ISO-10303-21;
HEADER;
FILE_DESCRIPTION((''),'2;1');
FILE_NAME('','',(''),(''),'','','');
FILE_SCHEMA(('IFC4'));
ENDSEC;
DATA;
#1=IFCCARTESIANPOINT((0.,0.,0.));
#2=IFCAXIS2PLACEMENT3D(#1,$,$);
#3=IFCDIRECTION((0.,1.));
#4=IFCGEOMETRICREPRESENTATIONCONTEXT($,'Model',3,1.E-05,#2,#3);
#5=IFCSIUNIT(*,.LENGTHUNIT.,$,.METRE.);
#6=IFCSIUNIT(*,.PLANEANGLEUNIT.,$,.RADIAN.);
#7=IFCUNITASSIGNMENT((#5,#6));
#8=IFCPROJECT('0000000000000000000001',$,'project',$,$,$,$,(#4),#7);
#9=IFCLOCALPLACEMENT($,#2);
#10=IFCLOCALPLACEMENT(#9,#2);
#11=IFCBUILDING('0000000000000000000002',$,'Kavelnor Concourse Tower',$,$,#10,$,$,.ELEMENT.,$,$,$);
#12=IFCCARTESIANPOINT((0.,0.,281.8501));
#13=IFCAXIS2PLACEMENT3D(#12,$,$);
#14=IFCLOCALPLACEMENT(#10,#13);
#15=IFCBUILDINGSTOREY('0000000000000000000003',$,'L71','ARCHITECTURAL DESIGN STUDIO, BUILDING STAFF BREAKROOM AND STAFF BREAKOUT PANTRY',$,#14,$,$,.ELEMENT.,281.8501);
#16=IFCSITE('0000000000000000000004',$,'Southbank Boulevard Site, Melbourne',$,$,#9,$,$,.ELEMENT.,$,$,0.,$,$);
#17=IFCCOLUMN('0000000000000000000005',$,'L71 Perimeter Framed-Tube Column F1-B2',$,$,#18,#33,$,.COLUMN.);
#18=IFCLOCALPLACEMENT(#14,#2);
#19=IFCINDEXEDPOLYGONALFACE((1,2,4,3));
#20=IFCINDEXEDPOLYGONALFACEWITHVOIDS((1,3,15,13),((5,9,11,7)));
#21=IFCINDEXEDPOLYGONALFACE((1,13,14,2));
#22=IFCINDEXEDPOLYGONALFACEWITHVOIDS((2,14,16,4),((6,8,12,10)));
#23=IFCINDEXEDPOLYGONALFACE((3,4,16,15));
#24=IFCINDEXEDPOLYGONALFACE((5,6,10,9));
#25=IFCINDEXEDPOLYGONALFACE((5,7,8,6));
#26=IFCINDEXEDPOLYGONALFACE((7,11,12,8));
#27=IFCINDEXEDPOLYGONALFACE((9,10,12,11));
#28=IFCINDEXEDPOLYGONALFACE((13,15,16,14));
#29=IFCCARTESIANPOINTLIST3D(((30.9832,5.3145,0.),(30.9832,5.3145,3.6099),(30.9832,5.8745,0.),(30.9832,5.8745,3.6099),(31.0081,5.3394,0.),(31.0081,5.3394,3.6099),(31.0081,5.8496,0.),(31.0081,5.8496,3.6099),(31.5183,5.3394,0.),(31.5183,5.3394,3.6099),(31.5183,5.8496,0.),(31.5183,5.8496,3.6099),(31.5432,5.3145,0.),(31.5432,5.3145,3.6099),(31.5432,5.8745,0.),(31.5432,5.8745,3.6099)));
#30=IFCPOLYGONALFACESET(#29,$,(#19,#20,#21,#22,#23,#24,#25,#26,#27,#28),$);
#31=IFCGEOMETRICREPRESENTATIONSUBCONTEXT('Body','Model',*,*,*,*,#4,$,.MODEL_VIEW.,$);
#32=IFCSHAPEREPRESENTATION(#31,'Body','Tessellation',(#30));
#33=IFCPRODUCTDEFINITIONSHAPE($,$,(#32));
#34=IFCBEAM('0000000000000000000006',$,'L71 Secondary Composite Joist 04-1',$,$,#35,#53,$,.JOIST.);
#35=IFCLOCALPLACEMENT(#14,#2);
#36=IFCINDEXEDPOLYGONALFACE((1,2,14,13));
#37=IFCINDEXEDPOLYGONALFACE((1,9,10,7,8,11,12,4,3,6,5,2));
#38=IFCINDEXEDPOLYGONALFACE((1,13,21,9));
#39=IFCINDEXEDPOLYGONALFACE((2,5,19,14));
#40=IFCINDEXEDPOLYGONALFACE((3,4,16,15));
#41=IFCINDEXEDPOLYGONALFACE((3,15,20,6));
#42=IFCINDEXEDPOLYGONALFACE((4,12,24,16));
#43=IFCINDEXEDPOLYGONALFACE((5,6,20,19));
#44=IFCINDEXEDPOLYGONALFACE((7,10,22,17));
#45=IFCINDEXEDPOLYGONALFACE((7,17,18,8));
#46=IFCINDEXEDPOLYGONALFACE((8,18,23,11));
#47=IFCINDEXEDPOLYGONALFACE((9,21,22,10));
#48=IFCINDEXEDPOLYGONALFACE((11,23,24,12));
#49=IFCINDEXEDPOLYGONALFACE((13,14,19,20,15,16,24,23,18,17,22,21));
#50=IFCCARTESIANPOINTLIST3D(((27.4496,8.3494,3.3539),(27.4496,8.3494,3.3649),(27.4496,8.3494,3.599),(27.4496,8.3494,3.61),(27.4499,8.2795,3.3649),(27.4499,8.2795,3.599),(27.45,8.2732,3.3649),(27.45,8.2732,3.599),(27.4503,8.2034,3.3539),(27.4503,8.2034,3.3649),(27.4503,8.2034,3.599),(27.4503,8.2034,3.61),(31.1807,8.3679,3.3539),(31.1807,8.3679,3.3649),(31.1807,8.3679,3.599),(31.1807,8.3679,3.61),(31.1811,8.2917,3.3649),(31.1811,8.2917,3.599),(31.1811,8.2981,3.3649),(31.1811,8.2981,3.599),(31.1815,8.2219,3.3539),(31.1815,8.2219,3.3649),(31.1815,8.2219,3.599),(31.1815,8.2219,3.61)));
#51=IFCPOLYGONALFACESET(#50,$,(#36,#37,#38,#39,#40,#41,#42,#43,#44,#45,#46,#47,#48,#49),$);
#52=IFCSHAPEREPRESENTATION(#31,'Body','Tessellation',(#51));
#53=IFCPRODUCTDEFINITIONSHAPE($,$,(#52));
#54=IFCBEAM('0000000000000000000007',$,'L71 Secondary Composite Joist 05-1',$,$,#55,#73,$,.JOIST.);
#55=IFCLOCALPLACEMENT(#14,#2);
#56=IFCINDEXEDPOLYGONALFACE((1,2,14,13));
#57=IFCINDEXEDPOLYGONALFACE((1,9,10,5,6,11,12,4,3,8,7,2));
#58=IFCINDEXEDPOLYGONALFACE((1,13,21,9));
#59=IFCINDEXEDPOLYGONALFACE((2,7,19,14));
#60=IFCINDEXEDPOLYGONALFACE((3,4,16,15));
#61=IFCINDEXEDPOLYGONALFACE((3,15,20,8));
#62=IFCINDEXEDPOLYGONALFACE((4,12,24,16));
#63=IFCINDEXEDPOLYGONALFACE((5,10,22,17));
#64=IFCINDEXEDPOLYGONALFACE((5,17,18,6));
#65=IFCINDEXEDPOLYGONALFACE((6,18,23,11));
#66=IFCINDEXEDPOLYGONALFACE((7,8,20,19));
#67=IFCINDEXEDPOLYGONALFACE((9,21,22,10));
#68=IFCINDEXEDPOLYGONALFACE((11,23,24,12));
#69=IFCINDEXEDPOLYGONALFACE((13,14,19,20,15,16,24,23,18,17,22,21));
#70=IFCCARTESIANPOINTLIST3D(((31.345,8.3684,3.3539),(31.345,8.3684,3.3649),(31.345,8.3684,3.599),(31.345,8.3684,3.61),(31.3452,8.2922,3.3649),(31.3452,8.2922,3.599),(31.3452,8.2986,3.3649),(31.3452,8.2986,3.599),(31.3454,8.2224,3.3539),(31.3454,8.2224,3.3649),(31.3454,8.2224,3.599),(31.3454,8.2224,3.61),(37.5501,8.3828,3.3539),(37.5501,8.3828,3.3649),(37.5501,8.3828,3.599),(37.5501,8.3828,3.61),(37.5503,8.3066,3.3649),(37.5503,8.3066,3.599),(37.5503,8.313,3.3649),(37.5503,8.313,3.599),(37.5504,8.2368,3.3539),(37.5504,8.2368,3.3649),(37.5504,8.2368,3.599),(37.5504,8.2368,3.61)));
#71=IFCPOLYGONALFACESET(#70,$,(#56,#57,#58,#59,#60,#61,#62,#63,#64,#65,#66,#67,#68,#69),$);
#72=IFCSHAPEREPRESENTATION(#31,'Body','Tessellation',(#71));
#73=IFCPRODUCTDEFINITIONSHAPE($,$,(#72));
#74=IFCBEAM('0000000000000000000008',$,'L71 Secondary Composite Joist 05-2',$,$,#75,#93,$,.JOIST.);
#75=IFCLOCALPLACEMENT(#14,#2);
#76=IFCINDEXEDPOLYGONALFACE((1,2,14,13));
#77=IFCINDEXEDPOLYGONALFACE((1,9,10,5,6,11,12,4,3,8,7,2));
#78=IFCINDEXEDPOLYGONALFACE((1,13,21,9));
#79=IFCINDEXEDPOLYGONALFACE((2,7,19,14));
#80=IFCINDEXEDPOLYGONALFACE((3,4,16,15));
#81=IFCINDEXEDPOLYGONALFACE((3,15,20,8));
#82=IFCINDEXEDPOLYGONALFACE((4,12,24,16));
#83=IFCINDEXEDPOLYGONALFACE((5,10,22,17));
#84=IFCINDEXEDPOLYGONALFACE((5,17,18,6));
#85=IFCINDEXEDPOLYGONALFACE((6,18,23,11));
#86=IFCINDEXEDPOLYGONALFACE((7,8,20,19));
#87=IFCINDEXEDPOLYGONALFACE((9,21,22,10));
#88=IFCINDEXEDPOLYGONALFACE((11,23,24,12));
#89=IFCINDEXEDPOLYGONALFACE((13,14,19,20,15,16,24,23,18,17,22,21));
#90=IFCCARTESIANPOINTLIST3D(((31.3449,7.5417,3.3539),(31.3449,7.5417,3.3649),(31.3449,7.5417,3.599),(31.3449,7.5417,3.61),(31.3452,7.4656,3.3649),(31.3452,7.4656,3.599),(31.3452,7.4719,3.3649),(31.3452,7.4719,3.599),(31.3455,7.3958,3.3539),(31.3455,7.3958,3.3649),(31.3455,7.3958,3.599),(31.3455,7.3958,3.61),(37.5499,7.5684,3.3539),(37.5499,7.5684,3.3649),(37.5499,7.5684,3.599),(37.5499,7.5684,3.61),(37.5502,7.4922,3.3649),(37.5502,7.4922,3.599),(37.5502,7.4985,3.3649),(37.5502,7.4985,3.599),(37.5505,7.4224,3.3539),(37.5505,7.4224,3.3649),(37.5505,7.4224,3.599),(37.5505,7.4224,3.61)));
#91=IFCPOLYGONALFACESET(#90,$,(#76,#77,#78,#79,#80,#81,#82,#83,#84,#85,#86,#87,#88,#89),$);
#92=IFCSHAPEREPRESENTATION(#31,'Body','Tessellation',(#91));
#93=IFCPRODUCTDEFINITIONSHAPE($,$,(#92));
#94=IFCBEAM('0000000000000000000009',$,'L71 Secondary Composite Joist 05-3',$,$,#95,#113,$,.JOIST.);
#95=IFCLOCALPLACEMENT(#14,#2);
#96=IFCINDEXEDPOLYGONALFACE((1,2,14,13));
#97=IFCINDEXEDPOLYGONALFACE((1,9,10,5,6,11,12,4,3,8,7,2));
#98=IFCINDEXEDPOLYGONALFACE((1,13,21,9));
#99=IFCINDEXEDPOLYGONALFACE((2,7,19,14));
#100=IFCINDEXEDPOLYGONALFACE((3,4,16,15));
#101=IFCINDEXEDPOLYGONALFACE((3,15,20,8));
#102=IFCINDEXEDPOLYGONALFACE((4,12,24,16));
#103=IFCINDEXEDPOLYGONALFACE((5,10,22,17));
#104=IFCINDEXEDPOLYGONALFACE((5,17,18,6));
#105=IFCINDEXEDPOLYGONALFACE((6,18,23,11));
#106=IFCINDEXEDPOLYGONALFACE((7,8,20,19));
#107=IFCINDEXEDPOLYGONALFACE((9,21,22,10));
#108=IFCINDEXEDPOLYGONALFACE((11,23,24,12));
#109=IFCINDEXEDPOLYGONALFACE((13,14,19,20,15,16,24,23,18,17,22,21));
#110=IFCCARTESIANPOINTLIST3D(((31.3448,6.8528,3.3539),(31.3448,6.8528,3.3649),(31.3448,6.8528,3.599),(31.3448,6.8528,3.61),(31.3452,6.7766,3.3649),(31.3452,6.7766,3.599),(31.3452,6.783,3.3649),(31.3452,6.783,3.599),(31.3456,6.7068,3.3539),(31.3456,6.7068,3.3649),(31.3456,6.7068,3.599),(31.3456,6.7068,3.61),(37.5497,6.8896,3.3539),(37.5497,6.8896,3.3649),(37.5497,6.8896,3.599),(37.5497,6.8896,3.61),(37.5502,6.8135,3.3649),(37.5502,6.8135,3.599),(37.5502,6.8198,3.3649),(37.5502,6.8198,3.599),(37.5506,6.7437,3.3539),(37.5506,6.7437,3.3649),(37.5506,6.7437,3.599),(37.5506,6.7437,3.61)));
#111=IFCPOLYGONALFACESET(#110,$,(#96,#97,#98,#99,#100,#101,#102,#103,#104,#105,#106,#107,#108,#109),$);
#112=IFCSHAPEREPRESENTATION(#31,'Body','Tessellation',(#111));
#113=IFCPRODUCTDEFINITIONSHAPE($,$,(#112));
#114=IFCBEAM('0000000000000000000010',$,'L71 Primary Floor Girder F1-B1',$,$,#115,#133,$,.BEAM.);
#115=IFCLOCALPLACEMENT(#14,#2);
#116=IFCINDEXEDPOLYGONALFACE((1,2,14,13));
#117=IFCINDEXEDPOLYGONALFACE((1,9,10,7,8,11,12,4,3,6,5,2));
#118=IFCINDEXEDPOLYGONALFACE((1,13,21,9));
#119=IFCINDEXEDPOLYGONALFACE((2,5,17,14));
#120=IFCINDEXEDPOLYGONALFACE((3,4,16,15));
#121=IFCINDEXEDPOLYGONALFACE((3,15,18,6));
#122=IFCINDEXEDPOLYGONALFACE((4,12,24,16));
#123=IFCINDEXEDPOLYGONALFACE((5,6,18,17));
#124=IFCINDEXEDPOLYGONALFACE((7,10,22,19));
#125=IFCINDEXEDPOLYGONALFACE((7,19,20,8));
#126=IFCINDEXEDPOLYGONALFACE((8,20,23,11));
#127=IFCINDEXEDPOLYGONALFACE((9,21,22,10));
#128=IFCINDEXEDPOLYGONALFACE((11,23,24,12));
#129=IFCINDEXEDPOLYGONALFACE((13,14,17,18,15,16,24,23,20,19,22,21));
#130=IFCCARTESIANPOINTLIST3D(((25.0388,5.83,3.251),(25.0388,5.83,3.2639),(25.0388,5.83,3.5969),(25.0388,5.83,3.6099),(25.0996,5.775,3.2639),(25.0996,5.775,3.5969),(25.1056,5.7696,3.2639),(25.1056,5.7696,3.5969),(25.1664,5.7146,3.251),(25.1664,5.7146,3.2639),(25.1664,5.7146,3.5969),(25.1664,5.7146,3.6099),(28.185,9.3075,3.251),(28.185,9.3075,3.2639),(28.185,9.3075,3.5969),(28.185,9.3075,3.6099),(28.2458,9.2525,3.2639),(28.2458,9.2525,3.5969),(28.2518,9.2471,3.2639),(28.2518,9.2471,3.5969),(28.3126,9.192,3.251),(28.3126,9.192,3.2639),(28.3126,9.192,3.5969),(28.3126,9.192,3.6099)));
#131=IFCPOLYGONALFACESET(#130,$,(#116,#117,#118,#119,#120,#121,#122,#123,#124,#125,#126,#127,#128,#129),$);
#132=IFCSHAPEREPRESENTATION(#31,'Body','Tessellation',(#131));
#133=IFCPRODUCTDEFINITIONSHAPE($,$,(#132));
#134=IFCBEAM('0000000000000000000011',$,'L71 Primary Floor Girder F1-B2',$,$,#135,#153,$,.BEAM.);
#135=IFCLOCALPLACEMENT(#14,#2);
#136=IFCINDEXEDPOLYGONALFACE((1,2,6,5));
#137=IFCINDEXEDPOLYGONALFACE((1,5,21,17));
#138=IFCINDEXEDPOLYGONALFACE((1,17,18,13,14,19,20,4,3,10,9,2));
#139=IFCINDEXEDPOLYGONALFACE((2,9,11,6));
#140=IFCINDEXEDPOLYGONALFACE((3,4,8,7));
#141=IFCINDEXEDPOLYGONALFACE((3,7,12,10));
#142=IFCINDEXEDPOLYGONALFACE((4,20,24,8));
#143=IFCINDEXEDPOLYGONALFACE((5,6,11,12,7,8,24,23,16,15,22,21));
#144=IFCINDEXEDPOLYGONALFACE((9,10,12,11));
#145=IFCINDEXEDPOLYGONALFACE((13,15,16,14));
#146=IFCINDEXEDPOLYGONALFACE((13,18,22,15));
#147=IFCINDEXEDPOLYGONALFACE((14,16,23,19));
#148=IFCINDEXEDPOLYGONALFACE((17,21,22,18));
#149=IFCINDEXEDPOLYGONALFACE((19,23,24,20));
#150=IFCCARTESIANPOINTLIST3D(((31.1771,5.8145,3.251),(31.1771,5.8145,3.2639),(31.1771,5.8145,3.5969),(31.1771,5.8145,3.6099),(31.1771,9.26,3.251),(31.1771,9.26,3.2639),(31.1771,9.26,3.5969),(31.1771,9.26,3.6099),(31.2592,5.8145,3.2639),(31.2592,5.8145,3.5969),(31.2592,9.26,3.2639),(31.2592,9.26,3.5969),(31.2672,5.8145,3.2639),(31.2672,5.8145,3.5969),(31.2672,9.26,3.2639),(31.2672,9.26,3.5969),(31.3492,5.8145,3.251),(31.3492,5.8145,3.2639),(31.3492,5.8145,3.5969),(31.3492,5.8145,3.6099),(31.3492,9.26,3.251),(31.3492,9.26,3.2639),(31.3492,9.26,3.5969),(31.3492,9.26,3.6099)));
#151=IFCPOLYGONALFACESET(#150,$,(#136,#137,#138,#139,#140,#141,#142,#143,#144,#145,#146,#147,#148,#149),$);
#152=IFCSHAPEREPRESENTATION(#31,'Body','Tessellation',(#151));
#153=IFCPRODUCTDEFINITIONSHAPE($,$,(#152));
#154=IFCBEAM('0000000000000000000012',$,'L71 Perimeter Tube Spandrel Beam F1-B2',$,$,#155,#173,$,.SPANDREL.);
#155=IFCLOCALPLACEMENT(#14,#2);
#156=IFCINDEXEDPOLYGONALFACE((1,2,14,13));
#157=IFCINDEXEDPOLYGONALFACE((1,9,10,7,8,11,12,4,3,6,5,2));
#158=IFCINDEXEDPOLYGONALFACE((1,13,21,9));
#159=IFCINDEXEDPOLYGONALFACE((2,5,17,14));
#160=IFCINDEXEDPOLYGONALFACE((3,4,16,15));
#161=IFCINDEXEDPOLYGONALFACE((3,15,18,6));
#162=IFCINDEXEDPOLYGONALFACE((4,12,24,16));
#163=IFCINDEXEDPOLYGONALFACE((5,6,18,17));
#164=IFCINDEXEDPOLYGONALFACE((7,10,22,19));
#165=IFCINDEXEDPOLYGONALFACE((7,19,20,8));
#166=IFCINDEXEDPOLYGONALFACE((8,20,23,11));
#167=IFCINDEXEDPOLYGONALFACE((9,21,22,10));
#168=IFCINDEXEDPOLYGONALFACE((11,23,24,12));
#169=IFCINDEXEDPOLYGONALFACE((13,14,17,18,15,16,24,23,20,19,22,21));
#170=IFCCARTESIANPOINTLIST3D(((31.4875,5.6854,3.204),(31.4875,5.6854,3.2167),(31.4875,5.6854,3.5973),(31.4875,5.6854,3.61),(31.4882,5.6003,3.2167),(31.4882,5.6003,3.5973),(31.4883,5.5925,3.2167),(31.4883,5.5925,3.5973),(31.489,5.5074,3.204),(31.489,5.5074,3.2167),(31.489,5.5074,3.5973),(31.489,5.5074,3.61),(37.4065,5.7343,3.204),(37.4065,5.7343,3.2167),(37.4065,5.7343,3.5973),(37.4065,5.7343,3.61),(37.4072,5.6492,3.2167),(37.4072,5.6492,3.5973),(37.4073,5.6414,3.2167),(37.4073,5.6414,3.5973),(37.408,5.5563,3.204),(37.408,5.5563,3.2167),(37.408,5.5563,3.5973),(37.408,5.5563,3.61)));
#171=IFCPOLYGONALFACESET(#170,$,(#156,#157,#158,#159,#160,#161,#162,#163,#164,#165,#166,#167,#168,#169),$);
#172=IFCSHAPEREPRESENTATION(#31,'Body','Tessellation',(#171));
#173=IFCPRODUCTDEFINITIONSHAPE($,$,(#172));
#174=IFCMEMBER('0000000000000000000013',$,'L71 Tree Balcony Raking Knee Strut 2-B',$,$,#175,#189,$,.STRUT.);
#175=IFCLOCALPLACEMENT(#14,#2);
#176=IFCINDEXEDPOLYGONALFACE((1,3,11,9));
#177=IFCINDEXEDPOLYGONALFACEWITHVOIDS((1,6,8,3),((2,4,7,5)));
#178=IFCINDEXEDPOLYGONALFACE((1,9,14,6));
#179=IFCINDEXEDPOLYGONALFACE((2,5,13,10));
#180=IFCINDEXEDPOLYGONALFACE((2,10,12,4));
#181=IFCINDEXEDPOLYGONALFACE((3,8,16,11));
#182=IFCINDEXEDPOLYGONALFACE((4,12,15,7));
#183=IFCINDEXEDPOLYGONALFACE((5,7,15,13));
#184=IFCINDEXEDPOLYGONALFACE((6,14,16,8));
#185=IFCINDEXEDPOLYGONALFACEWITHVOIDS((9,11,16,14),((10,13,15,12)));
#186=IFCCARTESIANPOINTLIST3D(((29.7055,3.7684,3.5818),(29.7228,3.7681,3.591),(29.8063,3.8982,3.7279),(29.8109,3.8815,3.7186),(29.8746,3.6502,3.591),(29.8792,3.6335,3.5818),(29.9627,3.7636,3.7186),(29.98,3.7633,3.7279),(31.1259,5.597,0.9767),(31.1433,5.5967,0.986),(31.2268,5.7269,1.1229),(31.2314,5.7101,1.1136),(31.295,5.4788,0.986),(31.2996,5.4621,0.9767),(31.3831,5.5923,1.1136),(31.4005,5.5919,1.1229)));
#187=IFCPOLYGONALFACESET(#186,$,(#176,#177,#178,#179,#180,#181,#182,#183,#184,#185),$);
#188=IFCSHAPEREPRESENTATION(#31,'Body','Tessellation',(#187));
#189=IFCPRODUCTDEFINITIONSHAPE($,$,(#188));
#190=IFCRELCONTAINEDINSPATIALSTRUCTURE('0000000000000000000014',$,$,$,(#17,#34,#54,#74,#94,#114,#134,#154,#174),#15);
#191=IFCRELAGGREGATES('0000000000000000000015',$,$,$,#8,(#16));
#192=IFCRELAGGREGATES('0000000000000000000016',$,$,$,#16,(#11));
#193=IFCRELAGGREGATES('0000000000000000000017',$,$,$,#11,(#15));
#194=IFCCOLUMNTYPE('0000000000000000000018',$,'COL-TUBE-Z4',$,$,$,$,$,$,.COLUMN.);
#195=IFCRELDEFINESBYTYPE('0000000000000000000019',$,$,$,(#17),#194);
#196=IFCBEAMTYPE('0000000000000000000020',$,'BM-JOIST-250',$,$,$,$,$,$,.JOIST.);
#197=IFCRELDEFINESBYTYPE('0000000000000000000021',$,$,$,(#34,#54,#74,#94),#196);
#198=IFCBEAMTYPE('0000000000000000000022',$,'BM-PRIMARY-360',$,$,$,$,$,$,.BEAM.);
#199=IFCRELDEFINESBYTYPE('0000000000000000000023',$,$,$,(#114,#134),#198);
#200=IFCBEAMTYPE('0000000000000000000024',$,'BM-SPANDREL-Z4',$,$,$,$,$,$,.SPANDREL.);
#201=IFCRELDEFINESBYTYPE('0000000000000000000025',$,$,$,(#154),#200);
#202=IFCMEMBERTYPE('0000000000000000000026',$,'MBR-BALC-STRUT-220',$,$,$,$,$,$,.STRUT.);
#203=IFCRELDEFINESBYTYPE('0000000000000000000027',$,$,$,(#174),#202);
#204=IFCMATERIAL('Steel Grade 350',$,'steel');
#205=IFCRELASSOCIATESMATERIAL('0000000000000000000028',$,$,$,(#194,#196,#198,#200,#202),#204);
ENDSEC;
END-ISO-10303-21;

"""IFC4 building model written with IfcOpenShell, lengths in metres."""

from ifc_helpers import new_model, si_unit, direction, frame, origin, origin_2d, place, context, subcontext, project, spatial, hollow_rectangle, i_section, extrude, material, material_profile, profile_set, type_object, element, save


model = new_model("IFC4")

# Units and contexts
model_context = context("Model", 3, precision=1e-05, world=origin(), true_north=direction((0.0, 1.0)))
body_context = subcontext(model_context, "Body", "Model", "MODEL_VIEW")
ifc_project = project(units=[si_unit("LENGTHUNIT", "METRE"), si_unit("PLANEANGLEUNIT", "RADIAN")], contexts=[model_context])

# Site, building, storey
site_placement = place(None, origin())
site = spatial("IfcSite", under=ifc_project, at=site_placement, Name="Southbank Boulevard Site, Melbourne", CompositionType="ELEMENT", RefElevation=0.0)
building_placement = place(site_placement, origin())
building = spatial("IfcBuilding", under=site, at=building_placement, Name="Kavelnor Concourse Tower", CompositionType="ELEMENT")
storey_placement = place(building_placement, frame((0.0, 0.0, 281.8501)))
storey = spatial("IfcBuildingStorey", under=building, at=storey_placement, Name="L71", Description="ARCHITECTURAL DESIGN STUDIO, BUILDING STAFF BREAKROOM AND STAFF BREAKOUT PANTRY", CompositionType="ELEMENT", Elevation=281.8501)

# Column
ifc_material_1 = material(Name="Steel Grade 350", Category="steel")
ifc_material_profile_1 = material_profile(ifc_material_1, hollow_rectangle(XDim=0.5601, YDim=0.5601, WallThickness=0.0249, at=origin_2d()), Name="SHS 560x560x25")
ifc_profile_set_1 = profile_set([ifc_material_profile_1], Name="Steel Grade 350")
column_type = type_object("IfcColumnType", Name="COL-TUBE-Z4", PredefinedType="COLUMN", material=ifc_profile_set_1)
column_placement = place(storey_placement, frame((31.2632, 5.5945, 0.0), z_axis=(0.0, 0.0, 1.0), x_axis=(1.0, 0.0, 0.0)))
element("IfcColumn", 1, at=column_placement, inside=storey, type_object=column_type, Name="L71 Perimeter Framed-Tube Column F1-B2", PredefinedType="COLUMN", context=body_context, shape_type="SweptSolid", body=[
    extrude(hollow_rectangle(XDim=0.5601, YDim=0.5601, WallThickness=0.0249, at=origin_2d()), origin(), (0.0, 0.0, 1.0), 3.6099),
])

# Beams
ifc_material_profile_2 = material_profile(ifc_material_1, i_section(OverallWidth=0.146, OverallDepth=0.2561, WebThickness=0.0063, FlangeThickness=0.011, at=origin_2d()), Name="250UB37")
ifc_profile_set_2 = profile_set([ifc_material_profile_2], Name="Steel Grade 350")
beam_type_1 = type_object("IfcBeamType", Name="BM-JOIST-250", PredefinedType="JOIST", material=ifc_profile_set_2)
beam_1_placement = place(storey_placement, frame((27.45, 8.2764, 3.4819), z_axis=(0.999988, 0.004973, 0.0), x_axis=(-0.004973, 0.999988, 0.0)))
element("IfcBeam", 2, at=beam_1_placement, inside=storey, type_object=beam_type_1, Name="L71 Secondary Composite Joist 04-1", PredefinedType="JOIST", context=body_context, shape_type="SweptSolid", body=[
    extrude(i_section(OverallWidth=0.146, OverallDepth=0.2561, WebThickness=0.0063, FlangeThickness=0.011, at=origin_2d()), origin(), (0.0, 0.0, 1.0), 3.7312),
])
for number, where, z_axis, x_axis, name in (
    (3, (31.3452, 8.2954, 3.4819), (0.999997, 0.002321, 0.0), (-0.002321, 0.999997, 0.0), "L71 Secondary Composite Joist 05-1"),
    (4, (31.3452, 7.4688, 3.4819), (0.999991, 0.004289, 0.0), (-0.004289, 0.999991, 0.0), "L71 Secondary Composite Joist 05-2"),
    (5, (31.3452, 6.7798, 3.4819), (0.999982, 0.005941, 0.0), (-0.005941, 0.999982, 0.0), "L71 Secondary Composite Joist 05-3"),
):
    element("IfcBeam", number, at=place(storey_placement, frame(where, z_axis=z_axis, x_axis=x_axis)), inside=storey, type_object=beam_type_1, Name=name, PredefinedType="JOIST", context=body_context, shape_type="SweptSolid", body=[
        extrude(i_section(OverallWidth=0.146, OverallDepth=0.2561, WebThickness=0.0063, FlangeThickness=0.011, at=origin_2d()), origin(), (0.0, 0.0, 1.0), 6.2051),
    ])
ifc_material_profile_3 = material_profile(ifc_material_1, i_section(OverallWidth=0.1721, OverallDepth=0.3589, WebThickness=0.0081, FlangeThickness=0.0129, at=origin_2d()), Name="360UB56")
ifc_profile_set_3 = profile_set([ifc_material_profile_3], Name="Steel Grade 350")
beam_type_2 = type_object("IfcBeamType", Name="BM-PRIMARY-360", PredefinedType="BEAM", material=ifc_profile_set_3)
beam_2_placement = place(storey_placement, frame((28.2488, 9.2498, 3.4304), z_axis=(-0.670901, -0.741547, 0.0), x_axis=(0.741547, -0.670901, 0.0)))
element("IfcBeam", 6, at=beam_2_placement, inside=storey, type_object=beam_type_2, Name="L71 Primary Floor Girder F1-B1", PredefinedType="BEAM", context=body_context, shape_type="SweptSolid", body=[
    extrude(i_section(OverallWidth=0.1721, OverallDepth=0.3589, WebThickness=0.0081, FlangeThickness=0.0129, at=origin_2d()), origin(), (0.0, 0.0, 1.0), 4.6895),
])
beam_3_placement = place(storey_placement, frame((31.2632, 9.26, 3.4304), z_axis=(0.0, -1.0, 0.0), x_axis=(1.0, 0.0, 0.0)))
element("IfcBeam", 7, at=beam_3_placement, inside=storey, type_object=beam_type_2, Name="L71 Primary Floor Girder F1-B2", PredefinedType="BEAM", context=body_context, shape_type="SweptSolid", body=[
    extrude(i_section(OverallWidth=0.1721, OverallDepth=0.3589, WebThickness=0.0081, FlangeThickness=0.0129, at=origin_2d()), origin(), (0.0, 0.0, 1.0), 3.4456),
])
ifc_material_profile_4 = material_profile(ifc_material_1, i_section(OverallWidth=0.178, OverallDepth=0.406, WebThickness=0.0078, FlangeThickness=0.0127, at=origin_2d()), Name="410UB59")
ifc_profile_set_4 = profile_set([ifc_material_profile_4], Name="Steel Grade 350")
beam_type_3 = type_object("IfcBeamType", Name="BM-SPANDREL-Z4", PredefinedType="SPANDREL", material=ifc_profile_set_4)
beam_4_placement = place(storey_placement, frame((31.4883, 5.5964, 3.407), z_axis=(0.999966, 0.008249, 0.0), x_axis=(-0.008249, 0.999966, 0.0)))
element("IfcBeam", 8, at=beam_4_placement, inside=storey, type_object=beam_type_3, Name="L71 Perimeter Tube Spandrel Beam F1-B2", PredefinedType="SPANDREL", context=body_context, shape_type="SweptSolid", body=[
    extrude(i_section(OverallWidth=0.178, OverallDepth=0.406, WebThickness=0.0078, FlangeThickness=0.0127, at=origin_2d()), origin(), (0.0, 0.0, 1.0), 5.9192),
])

# Member
ifc_material_profile_5 = material_profile(ifc_material_1, hollow_rectangle(XDim=0.22, YDim=0.22, WallThickness=0.0139, at=origin_2d()), Name="SHS 220x220x14")
ifc_profile_set_5 = profile_set([ifc_material_profile_5], Name="Steel Grade 350")
member_type_1 = type_object("IfcMemberType", Name="MBR-BALC-STRUT-220", PredefinedType="STRUT", material=ifc_profile_set_5)
member_1_placement = place(storey_placement, frame((31.2632, 5.5945, 1.0498), z_axis=(-0.407543, -0.524665, 0.747419), x_axis=(0.789738, -0.613444, 0.0)))
element("IfcMember", 9, at=member_1_placement, inside=storey, type_object=member_type_1, Name="L71 Tree Balcony Raking Knee Strut 2-B", PredefinedType="STRUT", context=body_context, shape_type="SweptSolid", body=[
    extrude(hollow_rectangle(XDim=0.22, YDim=0.22, WallThickness=0.0139, at=origin_2d()), origin(), (0.0, 0.0, 1.0), 3.4854),
])

save(model, "model.ifc")
